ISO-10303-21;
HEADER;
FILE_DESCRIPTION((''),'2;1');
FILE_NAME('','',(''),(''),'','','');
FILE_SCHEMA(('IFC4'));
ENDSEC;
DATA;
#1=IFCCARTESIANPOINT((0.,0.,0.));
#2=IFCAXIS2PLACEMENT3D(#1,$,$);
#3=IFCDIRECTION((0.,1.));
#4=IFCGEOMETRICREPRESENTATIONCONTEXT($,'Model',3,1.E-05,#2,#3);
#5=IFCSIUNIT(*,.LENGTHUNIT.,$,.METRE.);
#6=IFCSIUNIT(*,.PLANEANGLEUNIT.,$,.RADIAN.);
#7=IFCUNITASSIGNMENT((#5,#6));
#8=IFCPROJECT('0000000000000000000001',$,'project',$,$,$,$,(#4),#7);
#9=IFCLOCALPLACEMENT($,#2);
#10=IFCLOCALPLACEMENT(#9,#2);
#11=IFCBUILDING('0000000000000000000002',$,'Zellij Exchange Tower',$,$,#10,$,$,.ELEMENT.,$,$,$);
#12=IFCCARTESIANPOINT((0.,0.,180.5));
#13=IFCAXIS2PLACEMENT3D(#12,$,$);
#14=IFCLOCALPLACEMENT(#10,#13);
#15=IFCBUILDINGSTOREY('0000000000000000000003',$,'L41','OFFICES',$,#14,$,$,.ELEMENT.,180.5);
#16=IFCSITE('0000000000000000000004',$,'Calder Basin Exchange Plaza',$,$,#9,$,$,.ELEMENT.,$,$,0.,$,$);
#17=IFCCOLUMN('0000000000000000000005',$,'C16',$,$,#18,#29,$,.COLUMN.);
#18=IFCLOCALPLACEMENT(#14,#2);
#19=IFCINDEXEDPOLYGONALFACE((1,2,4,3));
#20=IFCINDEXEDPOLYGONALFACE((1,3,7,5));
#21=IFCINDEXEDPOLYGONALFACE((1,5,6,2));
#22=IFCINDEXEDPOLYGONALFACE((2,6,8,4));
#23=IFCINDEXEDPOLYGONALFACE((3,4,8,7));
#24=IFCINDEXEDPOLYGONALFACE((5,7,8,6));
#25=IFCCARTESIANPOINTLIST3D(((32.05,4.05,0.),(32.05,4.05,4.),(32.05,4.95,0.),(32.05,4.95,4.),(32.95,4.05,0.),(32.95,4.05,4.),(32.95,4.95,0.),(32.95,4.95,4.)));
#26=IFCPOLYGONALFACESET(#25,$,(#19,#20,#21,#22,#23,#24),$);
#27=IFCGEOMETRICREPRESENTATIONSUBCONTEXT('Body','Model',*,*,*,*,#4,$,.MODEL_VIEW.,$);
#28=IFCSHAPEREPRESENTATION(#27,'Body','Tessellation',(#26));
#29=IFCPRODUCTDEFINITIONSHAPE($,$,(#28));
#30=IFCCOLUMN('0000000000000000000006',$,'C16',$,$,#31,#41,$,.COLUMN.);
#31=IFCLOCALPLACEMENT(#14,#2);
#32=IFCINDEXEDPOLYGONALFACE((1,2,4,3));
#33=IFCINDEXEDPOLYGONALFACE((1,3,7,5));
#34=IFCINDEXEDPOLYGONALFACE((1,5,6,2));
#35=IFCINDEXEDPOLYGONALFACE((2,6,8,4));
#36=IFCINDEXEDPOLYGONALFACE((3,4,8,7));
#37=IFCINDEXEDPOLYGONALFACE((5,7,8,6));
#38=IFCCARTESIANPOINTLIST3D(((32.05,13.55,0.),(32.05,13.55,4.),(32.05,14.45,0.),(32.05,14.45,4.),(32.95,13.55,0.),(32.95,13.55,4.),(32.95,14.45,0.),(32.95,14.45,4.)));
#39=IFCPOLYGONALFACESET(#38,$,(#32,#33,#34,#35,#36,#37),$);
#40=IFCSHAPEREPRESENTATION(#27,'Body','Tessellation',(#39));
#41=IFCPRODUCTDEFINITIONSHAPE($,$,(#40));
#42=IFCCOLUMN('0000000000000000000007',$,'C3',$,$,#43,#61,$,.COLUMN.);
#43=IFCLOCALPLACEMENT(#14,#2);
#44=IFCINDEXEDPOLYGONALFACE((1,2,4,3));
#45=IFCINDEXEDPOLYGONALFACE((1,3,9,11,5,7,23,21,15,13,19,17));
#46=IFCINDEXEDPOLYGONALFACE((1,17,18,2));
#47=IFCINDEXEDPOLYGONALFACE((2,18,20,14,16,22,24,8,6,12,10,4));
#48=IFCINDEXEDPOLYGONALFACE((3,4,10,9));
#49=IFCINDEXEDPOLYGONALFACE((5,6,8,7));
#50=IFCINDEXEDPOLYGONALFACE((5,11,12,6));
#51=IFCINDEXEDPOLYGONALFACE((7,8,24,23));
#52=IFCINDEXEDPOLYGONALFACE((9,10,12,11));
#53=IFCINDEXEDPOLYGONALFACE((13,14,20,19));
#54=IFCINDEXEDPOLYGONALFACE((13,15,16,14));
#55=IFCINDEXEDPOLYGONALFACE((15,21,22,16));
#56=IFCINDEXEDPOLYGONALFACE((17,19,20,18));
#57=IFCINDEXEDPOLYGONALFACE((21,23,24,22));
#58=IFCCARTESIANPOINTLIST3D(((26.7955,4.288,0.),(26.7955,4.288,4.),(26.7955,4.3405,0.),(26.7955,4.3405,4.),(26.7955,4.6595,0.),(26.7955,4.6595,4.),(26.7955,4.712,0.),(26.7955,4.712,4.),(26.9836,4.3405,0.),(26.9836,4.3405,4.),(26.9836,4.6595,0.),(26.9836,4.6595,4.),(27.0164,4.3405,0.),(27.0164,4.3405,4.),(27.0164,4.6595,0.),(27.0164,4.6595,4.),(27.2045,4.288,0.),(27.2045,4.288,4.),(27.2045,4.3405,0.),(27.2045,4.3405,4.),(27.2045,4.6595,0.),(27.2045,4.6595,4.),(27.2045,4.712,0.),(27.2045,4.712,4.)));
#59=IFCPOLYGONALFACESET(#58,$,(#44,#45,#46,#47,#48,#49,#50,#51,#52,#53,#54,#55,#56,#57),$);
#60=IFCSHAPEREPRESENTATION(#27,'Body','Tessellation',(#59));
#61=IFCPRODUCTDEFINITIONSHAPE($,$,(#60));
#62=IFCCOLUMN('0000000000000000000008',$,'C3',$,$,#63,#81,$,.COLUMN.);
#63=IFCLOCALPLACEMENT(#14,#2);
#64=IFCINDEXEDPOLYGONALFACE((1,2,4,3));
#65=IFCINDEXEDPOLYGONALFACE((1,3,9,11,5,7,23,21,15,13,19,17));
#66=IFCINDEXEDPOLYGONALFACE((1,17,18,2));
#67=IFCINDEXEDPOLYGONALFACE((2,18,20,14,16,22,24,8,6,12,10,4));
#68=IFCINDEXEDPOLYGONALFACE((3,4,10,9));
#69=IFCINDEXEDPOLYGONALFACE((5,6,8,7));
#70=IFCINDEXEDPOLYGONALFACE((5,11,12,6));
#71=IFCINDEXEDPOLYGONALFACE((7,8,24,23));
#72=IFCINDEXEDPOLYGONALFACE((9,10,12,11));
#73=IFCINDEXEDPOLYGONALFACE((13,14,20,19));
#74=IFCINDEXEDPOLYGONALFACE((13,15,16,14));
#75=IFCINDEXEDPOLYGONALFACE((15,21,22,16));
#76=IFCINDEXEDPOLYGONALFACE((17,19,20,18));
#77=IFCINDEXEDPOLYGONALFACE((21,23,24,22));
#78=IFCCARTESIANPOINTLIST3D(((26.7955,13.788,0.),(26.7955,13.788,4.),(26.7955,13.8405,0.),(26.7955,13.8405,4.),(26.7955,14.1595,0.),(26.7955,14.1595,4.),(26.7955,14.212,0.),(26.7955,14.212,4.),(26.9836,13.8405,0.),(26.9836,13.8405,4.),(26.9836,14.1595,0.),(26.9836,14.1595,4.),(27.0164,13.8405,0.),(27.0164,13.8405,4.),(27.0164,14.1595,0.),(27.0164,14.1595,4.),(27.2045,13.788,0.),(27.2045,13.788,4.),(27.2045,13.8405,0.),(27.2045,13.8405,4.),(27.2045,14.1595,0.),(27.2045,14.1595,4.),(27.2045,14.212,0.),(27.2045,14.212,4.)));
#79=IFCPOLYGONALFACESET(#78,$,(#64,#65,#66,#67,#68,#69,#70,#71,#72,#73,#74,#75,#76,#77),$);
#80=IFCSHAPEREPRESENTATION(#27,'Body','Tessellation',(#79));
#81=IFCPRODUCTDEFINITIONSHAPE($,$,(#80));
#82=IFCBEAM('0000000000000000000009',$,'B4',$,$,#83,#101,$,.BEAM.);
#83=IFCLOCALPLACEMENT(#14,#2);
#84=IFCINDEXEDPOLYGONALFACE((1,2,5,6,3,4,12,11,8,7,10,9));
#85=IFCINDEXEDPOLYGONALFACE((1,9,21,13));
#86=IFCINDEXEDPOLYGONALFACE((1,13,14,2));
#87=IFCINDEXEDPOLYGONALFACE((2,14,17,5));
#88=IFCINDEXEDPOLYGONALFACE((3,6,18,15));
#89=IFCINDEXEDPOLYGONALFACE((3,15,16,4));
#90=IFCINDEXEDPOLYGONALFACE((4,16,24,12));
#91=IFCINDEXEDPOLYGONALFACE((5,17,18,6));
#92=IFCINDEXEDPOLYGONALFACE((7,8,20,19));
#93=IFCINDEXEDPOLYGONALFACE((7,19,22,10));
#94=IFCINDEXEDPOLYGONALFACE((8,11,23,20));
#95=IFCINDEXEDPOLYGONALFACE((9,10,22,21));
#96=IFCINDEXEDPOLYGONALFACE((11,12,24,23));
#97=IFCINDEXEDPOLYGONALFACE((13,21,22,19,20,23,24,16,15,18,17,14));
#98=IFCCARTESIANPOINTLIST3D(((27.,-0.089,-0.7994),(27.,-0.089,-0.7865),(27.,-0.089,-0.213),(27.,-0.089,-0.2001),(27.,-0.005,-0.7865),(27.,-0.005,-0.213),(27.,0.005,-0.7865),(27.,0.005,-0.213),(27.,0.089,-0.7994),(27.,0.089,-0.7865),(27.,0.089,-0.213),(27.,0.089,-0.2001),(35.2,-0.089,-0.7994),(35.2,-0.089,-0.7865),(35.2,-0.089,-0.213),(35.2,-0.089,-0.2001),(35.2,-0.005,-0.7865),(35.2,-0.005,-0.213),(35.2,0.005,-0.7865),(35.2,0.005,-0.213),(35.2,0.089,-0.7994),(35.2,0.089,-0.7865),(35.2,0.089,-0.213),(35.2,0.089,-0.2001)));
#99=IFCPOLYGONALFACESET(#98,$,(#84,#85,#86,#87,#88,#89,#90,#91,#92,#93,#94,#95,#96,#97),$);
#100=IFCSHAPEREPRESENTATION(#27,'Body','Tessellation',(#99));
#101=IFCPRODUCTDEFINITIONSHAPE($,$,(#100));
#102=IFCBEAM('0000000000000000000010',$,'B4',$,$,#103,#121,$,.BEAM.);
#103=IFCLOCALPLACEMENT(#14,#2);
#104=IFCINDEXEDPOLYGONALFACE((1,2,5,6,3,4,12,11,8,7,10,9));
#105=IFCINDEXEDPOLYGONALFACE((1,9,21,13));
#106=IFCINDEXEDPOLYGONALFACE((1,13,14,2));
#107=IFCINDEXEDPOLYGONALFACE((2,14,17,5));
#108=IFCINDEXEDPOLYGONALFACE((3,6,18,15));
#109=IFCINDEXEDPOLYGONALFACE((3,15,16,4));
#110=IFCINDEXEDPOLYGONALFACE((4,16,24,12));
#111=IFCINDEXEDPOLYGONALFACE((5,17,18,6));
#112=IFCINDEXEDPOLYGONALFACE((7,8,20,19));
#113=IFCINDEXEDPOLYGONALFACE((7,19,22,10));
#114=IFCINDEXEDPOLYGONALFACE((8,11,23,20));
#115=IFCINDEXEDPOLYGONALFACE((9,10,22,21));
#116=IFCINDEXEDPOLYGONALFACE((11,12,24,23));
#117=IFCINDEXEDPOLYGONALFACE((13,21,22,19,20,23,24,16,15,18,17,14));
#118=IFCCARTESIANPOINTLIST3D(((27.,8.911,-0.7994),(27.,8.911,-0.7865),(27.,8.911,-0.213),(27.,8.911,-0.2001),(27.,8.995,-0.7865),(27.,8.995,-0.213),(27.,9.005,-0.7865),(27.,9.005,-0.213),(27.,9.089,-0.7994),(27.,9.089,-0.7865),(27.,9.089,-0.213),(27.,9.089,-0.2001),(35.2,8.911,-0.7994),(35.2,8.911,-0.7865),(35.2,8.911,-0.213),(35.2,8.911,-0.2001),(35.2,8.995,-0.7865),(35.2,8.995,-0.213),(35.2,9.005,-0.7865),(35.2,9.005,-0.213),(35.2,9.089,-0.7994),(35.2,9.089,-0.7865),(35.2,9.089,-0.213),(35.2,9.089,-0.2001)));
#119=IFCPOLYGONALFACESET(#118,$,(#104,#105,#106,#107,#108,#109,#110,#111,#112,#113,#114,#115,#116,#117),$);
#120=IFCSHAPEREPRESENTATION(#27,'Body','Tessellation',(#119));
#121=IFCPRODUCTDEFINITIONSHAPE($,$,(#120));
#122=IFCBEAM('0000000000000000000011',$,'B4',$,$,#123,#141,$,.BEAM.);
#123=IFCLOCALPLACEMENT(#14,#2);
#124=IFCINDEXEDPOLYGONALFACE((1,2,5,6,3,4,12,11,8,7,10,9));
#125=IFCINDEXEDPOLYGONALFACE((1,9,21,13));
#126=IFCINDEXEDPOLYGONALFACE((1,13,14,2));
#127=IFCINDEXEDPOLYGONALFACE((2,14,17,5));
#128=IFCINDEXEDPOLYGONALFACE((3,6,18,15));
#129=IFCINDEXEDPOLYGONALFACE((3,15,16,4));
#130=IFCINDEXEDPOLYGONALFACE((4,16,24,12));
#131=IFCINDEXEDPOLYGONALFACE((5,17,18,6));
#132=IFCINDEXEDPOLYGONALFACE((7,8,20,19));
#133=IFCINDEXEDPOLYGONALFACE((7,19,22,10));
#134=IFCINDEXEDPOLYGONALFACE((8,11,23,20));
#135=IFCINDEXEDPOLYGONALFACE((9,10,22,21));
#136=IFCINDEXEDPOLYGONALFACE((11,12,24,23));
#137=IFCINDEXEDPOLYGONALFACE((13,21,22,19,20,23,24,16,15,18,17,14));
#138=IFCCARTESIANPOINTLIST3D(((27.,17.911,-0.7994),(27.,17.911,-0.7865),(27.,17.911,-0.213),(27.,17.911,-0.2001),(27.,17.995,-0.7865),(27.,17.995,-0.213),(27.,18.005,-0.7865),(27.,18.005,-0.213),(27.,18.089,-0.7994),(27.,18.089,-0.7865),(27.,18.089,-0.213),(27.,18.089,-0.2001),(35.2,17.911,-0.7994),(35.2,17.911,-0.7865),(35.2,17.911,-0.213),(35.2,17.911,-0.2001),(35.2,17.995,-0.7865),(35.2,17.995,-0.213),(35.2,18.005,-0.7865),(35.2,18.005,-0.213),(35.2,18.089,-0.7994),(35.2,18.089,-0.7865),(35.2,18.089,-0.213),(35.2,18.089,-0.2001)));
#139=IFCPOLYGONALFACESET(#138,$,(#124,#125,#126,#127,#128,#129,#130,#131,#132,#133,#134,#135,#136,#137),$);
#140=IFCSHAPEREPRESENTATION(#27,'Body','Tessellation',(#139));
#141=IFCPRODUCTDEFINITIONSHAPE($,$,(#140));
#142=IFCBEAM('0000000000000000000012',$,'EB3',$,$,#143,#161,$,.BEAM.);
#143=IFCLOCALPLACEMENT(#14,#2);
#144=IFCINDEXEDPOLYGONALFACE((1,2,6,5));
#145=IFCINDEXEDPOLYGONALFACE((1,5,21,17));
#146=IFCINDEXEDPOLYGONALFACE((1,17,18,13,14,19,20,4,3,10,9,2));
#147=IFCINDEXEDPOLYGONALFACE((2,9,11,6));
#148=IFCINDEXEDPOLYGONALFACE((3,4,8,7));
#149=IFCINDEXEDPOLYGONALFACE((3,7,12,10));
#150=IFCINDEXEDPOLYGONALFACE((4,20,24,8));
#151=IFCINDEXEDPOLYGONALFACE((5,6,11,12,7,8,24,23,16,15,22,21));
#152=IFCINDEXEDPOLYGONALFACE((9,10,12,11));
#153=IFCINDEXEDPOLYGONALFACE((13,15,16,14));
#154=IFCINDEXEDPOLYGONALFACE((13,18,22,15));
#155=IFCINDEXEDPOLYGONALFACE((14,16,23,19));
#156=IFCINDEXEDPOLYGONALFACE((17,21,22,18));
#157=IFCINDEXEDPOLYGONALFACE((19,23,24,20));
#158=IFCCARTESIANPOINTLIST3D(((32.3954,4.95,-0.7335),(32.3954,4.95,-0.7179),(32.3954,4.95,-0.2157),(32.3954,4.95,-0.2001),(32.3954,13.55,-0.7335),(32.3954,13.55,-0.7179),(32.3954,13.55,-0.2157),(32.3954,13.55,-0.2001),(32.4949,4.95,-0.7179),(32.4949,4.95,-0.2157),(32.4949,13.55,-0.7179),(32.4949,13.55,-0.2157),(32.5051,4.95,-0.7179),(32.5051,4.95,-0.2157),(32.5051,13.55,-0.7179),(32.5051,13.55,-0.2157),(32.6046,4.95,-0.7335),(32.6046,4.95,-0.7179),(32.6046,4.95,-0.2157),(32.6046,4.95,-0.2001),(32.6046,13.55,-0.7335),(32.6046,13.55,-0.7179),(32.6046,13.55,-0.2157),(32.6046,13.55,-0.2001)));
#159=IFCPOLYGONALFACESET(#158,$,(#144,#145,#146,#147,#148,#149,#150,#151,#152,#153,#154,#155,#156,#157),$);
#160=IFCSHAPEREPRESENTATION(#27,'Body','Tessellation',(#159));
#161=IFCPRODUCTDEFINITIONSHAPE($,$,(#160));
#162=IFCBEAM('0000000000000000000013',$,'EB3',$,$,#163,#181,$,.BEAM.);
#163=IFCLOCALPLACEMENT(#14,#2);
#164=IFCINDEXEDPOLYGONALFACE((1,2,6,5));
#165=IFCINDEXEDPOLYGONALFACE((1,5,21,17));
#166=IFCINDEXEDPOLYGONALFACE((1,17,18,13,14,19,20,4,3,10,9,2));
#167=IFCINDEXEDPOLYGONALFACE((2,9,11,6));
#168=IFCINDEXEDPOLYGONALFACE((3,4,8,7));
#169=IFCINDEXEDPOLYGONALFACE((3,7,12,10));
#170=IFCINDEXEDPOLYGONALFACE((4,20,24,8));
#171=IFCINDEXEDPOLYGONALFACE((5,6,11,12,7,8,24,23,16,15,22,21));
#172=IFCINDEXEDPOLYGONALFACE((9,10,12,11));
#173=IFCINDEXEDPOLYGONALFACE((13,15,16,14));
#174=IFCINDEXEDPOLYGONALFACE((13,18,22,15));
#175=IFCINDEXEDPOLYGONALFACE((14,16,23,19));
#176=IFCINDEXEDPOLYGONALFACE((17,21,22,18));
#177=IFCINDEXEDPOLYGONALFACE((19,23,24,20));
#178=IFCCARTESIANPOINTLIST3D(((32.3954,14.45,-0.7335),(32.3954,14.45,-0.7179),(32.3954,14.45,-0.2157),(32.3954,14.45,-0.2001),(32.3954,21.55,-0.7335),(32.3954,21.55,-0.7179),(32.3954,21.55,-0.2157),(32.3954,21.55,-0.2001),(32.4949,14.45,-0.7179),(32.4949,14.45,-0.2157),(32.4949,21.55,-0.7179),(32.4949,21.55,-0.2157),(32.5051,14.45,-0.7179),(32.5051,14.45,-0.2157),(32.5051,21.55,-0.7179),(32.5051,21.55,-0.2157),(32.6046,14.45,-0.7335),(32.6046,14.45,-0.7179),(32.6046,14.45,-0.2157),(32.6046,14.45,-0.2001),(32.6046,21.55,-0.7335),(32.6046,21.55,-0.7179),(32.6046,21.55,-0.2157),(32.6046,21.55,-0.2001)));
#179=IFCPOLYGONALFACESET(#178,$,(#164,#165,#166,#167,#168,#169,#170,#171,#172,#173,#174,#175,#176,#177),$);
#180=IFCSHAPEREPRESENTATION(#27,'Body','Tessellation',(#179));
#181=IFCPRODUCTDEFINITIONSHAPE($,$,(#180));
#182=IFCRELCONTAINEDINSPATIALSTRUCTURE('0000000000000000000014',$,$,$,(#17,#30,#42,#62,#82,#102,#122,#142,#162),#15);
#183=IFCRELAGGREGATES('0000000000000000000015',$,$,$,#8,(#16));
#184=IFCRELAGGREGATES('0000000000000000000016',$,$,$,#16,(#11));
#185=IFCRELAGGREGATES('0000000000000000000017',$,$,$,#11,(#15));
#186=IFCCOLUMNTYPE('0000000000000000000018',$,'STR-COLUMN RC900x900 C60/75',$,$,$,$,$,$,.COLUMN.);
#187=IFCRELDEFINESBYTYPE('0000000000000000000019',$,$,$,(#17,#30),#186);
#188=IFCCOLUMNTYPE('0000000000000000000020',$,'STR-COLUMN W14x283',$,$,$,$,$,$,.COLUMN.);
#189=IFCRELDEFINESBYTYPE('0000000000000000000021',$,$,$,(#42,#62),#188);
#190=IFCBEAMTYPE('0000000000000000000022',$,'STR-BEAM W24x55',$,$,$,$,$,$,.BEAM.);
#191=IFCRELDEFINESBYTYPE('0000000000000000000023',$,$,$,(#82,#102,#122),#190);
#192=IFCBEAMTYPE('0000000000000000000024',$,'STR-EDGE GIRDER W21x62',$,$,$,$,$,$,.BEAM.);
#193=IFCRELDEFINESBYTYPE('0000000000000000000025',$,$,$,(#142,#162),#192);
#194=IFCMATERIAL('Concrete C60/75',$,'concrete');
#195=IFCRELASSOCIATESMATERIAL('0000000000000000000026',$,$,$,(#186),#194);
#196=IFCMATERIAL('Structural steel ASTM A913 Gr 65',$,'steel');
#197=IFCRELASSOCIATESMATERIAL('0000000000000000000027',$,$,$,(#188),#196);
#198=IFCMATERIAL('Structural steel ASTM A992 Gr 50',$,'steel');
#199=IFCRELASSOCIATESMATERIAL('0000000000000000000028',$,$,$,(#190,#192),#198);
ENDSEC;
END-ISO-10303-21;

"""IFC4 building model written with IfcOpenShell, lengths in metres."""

from ifc_helpers import new_model, si_unit, direction, frame, origin, origin_2d, place, context, subcontext, project, spatial, rectangle, i_section, extrude, material, material_profile, profile_set, type_object, element, save


model = new_model("IFC4")

# Units and contexts
model_context = context("Model", 3, precision=1e-05, world=origin(), true_north=direction((0.0, 1.0)))
body_context = subcontext(model_context, "Body", "Model", "MODEL_VIEW")
ifc_project = project(units=[si_unit("LENGTHUNIT", "METRE"), si_unit("PLANEANGLEUNIT", "RADIAN")], contexts=[model_context])

# Site, building, storey
site_placement = place(None, origin())
site = spatial("IfcSite", under=ifc_project, at=site_placement, Name="Calder Basin Exchange Plaza", CompositionType="ELEMENT", RefElevation=0.0)
building_placement = place(site_placement, origin())
building = spatial("IfcBuilding", under=site, at=building_placement, Name="Zellij Exchange Tower", CompositionType="ELEMENT")
storey_placement = place(building_placement, frame((0.0, 0.0, 180.5)))
storey = spatial("IfcBuildingStorey", under=building, at=storey_placement, Name="L41", Description="OFFICES", CompositionType="ELEMENT", Elevation=180.5)

# Columns
ifc_material_1 = material(Name="Concrete C60/75", Category="concrete")
ifc_material_profile_1 = material_profile(ifc_material_1, rectangle(XDim=0.8999, YDim=0.8999, at=origin_2d()), Name="STR-COLUMN RC900x900 C60/75")
ifc_profile_set_1 = profile_set([ifc_material_profile_1], Name="Concrete C60/75")
column_type_1 = type_object("IfcColumnType", Name="STR-COLUMN RC900x900 C60/75", PredefinedType="COLUMN", material=ifc_profile_set_1)
for number, where, z_axis, x_axis, name in (
    (1, (32.5, 4.5, 0.0), (0.0, 0.0, 1.0), (1.0, 0.0, 0.0), "C16"),
    (2, (32.5, 14.0, 0.0), (0.0, 0.0, 1.0), (1.0, 0.0, 0.0), "C16"),
):
    element("IfcColumn", number, at=place(storey_placement, frame(where, z_axis=z_axis, x_axis=x_axis)), inside=storey, type_object=column_type_1, Name=name, PredefinedType="COLUMN", context=body_context, shape_type="SweptSolid", body=[
        extrude(rectangle(XDim=0.8999, YDim=0.8999, at=origin_2d()), origin(), (0.0, 0.0, 1.0), 4.0),
    ])
ifc_material_2 = material(Name="Structural steel ASTM A913 Gr 65", Category="steel")
ifc_material_profile_2 = material_profile(ifc_material_2, i_section(OverallWidth=0.4089, OverallDepth=0.4241, WebThickness=0.0327, FlangeThickness=0.0525, at=origin_2d()), Name="W14x283")
ifc_profile_set_2 = profile_set([ifc_material_profile_2], Name="Structural steel ASTM A913 Gr 65")
column_type_2 = type_object("IfcColumnType", Name="STR-COLUMN W14x283", PredefinedType="COLUMN", material=ifc_profile_set_2)
for number, where, z_axis, x_axis, name in (
    (3, (27.0, 4.5, 0.0), (0.0, 0.0, 1.0), (1.0, 0.0, 0.0), "C3"),
    (4, (27.0, 14.0, 0.0), (0.0, 0.0, 1.0), (1.0, 0.0, 0.0), "C3"),
):
    element("IfcColumn", number, at=place(storey_placement, frame(where, z_axis=z_axis, x_axis=x_axis)), inside=storey, type_object=column_type_2, Name=name, PredefinedType="COLUMN", context=body_context, shape_type="SweptSolid", body=[
        extrude(i_section(OverallWidth=0.4089, OverallDepth=0.4241, WebThickness=0.0327, FlangeThickness=0.0525, at=origin_2d()), origin(), (0.0, 0.0, 1.0), 4.0),
    ])

# Beams
ifc_material_3 = material(Name="Structural steel ASTM A992 Gr 50", Category="steel")
ifc_material_profile_3 = material_profile(ifc_material_3, i_section(OverallWidth=0.178, OverallDepth=0.5994, WebThickness=0.01, FlangeThickness=0.0129, at=origin_2d()), Name="W24x55")
ifc_profile_set_3 = profile_set([ifc_material_profile_3], Name="Structural steel ASTM A992 Gr 50")
beam_type_1 = type_object("IfcBeamType", Name="STR-BEAM W24x55", PredefinedType="BEAM", material=ifc_profile_set_3)
for number, where, z_axis, x_axis, name in (
    (5, (27.0, 0.0, -0.4998), (1.0, 0.0, 0.0), (0.0, 1.0, 0.0), "B4"),
    (6, (27.0, 9.0, -0.4998), (1.0, 0.0, 0.0), (0.0, 1.0, 0.0), "B4"),
    (7, (27.0, 18.0, -0.4998), (1.0, 0.0, 0.0), (0.0, 1.0, 0.0), "B4"),
):
    element("IfcBeam", number, at=place(storey_placement, frame(where, z_axis=z_axis, x_axis=x_axis)), inside=storey, type_object=beam_type_1, Name=name, PredefinedType="BEAM", context=body_context, shape_type="SweptSolid", body=[
        extrude(i_section(OverallWidth=0.178, OverallDepth=0.5994, WebThickness=0.01, FlangeThickness=0.0129, at=origin_2d()), origin(), (0.0, 0.0, 1.0), 8.2),
    ])
ifc_material_profile_4 = material_profile(ifc_material_3, i_section(OverallWidth=0.2092, OverallDepth=0.5334, WebThickness=0.0103, FlangeThickness=0.0156, at=origin_2d()), Name="W21x62")
ifc_profile_set_4 = profile_set([ifc_material_profile_4], Name="Structural steel ASTM A992 Gr 50")
beam_type_2 = type_object("IfcBeamType", Name="STR-EDGE GIRDER W21x62", PredefinedType="BEAM", material=ifc_profile_set_4)
beam_1_placement = place(storey_placement, frame((32.5, 4.95, -0.4668), z_axis=(0.0, 1.0, 0.0), x_axis=(-1.0, 0.0, 0.0)))
element("IfcBeam", 8, at=beam_1_placement, inside=storey, type_object=beam_type_2, Name="EB3", PredefinedType="BEAM", context=body_context, shape_type="SweptSolid", body=[
    extrude(i_section(OverallWidth=0.2092, OverallDepth=0.5334, WebThickness=0.0103, FlangeThickness=0.0156, at=origin_2d()), origin(), (0.0, 0.0, 1.0), 8.6001),
])
beam_2_placement = place(storey_placement, frame((32.5, 14.45, -0.4668), z_axis=(0.0, 1.0, 0.0), x_axis=(-1.0, 0.0, 0.0)))
element("IfcBeam", 9, at=beam_2_placement, inside=storey, type_object=beam_type_2, Name="EB3", PredefinedType="BEAM", context=body_context, shape_type="SweptSolid", body=[
    extrude(i_section(OverallWidth=0.2092, OverallDepth=0.5334, WebThickness=0.0103, FlangeThickness=0.0156, at=origin_2d()), origin(), (0.0, 0.0, 1.0), 7.1001),
])

save(model, "model.ifc")
